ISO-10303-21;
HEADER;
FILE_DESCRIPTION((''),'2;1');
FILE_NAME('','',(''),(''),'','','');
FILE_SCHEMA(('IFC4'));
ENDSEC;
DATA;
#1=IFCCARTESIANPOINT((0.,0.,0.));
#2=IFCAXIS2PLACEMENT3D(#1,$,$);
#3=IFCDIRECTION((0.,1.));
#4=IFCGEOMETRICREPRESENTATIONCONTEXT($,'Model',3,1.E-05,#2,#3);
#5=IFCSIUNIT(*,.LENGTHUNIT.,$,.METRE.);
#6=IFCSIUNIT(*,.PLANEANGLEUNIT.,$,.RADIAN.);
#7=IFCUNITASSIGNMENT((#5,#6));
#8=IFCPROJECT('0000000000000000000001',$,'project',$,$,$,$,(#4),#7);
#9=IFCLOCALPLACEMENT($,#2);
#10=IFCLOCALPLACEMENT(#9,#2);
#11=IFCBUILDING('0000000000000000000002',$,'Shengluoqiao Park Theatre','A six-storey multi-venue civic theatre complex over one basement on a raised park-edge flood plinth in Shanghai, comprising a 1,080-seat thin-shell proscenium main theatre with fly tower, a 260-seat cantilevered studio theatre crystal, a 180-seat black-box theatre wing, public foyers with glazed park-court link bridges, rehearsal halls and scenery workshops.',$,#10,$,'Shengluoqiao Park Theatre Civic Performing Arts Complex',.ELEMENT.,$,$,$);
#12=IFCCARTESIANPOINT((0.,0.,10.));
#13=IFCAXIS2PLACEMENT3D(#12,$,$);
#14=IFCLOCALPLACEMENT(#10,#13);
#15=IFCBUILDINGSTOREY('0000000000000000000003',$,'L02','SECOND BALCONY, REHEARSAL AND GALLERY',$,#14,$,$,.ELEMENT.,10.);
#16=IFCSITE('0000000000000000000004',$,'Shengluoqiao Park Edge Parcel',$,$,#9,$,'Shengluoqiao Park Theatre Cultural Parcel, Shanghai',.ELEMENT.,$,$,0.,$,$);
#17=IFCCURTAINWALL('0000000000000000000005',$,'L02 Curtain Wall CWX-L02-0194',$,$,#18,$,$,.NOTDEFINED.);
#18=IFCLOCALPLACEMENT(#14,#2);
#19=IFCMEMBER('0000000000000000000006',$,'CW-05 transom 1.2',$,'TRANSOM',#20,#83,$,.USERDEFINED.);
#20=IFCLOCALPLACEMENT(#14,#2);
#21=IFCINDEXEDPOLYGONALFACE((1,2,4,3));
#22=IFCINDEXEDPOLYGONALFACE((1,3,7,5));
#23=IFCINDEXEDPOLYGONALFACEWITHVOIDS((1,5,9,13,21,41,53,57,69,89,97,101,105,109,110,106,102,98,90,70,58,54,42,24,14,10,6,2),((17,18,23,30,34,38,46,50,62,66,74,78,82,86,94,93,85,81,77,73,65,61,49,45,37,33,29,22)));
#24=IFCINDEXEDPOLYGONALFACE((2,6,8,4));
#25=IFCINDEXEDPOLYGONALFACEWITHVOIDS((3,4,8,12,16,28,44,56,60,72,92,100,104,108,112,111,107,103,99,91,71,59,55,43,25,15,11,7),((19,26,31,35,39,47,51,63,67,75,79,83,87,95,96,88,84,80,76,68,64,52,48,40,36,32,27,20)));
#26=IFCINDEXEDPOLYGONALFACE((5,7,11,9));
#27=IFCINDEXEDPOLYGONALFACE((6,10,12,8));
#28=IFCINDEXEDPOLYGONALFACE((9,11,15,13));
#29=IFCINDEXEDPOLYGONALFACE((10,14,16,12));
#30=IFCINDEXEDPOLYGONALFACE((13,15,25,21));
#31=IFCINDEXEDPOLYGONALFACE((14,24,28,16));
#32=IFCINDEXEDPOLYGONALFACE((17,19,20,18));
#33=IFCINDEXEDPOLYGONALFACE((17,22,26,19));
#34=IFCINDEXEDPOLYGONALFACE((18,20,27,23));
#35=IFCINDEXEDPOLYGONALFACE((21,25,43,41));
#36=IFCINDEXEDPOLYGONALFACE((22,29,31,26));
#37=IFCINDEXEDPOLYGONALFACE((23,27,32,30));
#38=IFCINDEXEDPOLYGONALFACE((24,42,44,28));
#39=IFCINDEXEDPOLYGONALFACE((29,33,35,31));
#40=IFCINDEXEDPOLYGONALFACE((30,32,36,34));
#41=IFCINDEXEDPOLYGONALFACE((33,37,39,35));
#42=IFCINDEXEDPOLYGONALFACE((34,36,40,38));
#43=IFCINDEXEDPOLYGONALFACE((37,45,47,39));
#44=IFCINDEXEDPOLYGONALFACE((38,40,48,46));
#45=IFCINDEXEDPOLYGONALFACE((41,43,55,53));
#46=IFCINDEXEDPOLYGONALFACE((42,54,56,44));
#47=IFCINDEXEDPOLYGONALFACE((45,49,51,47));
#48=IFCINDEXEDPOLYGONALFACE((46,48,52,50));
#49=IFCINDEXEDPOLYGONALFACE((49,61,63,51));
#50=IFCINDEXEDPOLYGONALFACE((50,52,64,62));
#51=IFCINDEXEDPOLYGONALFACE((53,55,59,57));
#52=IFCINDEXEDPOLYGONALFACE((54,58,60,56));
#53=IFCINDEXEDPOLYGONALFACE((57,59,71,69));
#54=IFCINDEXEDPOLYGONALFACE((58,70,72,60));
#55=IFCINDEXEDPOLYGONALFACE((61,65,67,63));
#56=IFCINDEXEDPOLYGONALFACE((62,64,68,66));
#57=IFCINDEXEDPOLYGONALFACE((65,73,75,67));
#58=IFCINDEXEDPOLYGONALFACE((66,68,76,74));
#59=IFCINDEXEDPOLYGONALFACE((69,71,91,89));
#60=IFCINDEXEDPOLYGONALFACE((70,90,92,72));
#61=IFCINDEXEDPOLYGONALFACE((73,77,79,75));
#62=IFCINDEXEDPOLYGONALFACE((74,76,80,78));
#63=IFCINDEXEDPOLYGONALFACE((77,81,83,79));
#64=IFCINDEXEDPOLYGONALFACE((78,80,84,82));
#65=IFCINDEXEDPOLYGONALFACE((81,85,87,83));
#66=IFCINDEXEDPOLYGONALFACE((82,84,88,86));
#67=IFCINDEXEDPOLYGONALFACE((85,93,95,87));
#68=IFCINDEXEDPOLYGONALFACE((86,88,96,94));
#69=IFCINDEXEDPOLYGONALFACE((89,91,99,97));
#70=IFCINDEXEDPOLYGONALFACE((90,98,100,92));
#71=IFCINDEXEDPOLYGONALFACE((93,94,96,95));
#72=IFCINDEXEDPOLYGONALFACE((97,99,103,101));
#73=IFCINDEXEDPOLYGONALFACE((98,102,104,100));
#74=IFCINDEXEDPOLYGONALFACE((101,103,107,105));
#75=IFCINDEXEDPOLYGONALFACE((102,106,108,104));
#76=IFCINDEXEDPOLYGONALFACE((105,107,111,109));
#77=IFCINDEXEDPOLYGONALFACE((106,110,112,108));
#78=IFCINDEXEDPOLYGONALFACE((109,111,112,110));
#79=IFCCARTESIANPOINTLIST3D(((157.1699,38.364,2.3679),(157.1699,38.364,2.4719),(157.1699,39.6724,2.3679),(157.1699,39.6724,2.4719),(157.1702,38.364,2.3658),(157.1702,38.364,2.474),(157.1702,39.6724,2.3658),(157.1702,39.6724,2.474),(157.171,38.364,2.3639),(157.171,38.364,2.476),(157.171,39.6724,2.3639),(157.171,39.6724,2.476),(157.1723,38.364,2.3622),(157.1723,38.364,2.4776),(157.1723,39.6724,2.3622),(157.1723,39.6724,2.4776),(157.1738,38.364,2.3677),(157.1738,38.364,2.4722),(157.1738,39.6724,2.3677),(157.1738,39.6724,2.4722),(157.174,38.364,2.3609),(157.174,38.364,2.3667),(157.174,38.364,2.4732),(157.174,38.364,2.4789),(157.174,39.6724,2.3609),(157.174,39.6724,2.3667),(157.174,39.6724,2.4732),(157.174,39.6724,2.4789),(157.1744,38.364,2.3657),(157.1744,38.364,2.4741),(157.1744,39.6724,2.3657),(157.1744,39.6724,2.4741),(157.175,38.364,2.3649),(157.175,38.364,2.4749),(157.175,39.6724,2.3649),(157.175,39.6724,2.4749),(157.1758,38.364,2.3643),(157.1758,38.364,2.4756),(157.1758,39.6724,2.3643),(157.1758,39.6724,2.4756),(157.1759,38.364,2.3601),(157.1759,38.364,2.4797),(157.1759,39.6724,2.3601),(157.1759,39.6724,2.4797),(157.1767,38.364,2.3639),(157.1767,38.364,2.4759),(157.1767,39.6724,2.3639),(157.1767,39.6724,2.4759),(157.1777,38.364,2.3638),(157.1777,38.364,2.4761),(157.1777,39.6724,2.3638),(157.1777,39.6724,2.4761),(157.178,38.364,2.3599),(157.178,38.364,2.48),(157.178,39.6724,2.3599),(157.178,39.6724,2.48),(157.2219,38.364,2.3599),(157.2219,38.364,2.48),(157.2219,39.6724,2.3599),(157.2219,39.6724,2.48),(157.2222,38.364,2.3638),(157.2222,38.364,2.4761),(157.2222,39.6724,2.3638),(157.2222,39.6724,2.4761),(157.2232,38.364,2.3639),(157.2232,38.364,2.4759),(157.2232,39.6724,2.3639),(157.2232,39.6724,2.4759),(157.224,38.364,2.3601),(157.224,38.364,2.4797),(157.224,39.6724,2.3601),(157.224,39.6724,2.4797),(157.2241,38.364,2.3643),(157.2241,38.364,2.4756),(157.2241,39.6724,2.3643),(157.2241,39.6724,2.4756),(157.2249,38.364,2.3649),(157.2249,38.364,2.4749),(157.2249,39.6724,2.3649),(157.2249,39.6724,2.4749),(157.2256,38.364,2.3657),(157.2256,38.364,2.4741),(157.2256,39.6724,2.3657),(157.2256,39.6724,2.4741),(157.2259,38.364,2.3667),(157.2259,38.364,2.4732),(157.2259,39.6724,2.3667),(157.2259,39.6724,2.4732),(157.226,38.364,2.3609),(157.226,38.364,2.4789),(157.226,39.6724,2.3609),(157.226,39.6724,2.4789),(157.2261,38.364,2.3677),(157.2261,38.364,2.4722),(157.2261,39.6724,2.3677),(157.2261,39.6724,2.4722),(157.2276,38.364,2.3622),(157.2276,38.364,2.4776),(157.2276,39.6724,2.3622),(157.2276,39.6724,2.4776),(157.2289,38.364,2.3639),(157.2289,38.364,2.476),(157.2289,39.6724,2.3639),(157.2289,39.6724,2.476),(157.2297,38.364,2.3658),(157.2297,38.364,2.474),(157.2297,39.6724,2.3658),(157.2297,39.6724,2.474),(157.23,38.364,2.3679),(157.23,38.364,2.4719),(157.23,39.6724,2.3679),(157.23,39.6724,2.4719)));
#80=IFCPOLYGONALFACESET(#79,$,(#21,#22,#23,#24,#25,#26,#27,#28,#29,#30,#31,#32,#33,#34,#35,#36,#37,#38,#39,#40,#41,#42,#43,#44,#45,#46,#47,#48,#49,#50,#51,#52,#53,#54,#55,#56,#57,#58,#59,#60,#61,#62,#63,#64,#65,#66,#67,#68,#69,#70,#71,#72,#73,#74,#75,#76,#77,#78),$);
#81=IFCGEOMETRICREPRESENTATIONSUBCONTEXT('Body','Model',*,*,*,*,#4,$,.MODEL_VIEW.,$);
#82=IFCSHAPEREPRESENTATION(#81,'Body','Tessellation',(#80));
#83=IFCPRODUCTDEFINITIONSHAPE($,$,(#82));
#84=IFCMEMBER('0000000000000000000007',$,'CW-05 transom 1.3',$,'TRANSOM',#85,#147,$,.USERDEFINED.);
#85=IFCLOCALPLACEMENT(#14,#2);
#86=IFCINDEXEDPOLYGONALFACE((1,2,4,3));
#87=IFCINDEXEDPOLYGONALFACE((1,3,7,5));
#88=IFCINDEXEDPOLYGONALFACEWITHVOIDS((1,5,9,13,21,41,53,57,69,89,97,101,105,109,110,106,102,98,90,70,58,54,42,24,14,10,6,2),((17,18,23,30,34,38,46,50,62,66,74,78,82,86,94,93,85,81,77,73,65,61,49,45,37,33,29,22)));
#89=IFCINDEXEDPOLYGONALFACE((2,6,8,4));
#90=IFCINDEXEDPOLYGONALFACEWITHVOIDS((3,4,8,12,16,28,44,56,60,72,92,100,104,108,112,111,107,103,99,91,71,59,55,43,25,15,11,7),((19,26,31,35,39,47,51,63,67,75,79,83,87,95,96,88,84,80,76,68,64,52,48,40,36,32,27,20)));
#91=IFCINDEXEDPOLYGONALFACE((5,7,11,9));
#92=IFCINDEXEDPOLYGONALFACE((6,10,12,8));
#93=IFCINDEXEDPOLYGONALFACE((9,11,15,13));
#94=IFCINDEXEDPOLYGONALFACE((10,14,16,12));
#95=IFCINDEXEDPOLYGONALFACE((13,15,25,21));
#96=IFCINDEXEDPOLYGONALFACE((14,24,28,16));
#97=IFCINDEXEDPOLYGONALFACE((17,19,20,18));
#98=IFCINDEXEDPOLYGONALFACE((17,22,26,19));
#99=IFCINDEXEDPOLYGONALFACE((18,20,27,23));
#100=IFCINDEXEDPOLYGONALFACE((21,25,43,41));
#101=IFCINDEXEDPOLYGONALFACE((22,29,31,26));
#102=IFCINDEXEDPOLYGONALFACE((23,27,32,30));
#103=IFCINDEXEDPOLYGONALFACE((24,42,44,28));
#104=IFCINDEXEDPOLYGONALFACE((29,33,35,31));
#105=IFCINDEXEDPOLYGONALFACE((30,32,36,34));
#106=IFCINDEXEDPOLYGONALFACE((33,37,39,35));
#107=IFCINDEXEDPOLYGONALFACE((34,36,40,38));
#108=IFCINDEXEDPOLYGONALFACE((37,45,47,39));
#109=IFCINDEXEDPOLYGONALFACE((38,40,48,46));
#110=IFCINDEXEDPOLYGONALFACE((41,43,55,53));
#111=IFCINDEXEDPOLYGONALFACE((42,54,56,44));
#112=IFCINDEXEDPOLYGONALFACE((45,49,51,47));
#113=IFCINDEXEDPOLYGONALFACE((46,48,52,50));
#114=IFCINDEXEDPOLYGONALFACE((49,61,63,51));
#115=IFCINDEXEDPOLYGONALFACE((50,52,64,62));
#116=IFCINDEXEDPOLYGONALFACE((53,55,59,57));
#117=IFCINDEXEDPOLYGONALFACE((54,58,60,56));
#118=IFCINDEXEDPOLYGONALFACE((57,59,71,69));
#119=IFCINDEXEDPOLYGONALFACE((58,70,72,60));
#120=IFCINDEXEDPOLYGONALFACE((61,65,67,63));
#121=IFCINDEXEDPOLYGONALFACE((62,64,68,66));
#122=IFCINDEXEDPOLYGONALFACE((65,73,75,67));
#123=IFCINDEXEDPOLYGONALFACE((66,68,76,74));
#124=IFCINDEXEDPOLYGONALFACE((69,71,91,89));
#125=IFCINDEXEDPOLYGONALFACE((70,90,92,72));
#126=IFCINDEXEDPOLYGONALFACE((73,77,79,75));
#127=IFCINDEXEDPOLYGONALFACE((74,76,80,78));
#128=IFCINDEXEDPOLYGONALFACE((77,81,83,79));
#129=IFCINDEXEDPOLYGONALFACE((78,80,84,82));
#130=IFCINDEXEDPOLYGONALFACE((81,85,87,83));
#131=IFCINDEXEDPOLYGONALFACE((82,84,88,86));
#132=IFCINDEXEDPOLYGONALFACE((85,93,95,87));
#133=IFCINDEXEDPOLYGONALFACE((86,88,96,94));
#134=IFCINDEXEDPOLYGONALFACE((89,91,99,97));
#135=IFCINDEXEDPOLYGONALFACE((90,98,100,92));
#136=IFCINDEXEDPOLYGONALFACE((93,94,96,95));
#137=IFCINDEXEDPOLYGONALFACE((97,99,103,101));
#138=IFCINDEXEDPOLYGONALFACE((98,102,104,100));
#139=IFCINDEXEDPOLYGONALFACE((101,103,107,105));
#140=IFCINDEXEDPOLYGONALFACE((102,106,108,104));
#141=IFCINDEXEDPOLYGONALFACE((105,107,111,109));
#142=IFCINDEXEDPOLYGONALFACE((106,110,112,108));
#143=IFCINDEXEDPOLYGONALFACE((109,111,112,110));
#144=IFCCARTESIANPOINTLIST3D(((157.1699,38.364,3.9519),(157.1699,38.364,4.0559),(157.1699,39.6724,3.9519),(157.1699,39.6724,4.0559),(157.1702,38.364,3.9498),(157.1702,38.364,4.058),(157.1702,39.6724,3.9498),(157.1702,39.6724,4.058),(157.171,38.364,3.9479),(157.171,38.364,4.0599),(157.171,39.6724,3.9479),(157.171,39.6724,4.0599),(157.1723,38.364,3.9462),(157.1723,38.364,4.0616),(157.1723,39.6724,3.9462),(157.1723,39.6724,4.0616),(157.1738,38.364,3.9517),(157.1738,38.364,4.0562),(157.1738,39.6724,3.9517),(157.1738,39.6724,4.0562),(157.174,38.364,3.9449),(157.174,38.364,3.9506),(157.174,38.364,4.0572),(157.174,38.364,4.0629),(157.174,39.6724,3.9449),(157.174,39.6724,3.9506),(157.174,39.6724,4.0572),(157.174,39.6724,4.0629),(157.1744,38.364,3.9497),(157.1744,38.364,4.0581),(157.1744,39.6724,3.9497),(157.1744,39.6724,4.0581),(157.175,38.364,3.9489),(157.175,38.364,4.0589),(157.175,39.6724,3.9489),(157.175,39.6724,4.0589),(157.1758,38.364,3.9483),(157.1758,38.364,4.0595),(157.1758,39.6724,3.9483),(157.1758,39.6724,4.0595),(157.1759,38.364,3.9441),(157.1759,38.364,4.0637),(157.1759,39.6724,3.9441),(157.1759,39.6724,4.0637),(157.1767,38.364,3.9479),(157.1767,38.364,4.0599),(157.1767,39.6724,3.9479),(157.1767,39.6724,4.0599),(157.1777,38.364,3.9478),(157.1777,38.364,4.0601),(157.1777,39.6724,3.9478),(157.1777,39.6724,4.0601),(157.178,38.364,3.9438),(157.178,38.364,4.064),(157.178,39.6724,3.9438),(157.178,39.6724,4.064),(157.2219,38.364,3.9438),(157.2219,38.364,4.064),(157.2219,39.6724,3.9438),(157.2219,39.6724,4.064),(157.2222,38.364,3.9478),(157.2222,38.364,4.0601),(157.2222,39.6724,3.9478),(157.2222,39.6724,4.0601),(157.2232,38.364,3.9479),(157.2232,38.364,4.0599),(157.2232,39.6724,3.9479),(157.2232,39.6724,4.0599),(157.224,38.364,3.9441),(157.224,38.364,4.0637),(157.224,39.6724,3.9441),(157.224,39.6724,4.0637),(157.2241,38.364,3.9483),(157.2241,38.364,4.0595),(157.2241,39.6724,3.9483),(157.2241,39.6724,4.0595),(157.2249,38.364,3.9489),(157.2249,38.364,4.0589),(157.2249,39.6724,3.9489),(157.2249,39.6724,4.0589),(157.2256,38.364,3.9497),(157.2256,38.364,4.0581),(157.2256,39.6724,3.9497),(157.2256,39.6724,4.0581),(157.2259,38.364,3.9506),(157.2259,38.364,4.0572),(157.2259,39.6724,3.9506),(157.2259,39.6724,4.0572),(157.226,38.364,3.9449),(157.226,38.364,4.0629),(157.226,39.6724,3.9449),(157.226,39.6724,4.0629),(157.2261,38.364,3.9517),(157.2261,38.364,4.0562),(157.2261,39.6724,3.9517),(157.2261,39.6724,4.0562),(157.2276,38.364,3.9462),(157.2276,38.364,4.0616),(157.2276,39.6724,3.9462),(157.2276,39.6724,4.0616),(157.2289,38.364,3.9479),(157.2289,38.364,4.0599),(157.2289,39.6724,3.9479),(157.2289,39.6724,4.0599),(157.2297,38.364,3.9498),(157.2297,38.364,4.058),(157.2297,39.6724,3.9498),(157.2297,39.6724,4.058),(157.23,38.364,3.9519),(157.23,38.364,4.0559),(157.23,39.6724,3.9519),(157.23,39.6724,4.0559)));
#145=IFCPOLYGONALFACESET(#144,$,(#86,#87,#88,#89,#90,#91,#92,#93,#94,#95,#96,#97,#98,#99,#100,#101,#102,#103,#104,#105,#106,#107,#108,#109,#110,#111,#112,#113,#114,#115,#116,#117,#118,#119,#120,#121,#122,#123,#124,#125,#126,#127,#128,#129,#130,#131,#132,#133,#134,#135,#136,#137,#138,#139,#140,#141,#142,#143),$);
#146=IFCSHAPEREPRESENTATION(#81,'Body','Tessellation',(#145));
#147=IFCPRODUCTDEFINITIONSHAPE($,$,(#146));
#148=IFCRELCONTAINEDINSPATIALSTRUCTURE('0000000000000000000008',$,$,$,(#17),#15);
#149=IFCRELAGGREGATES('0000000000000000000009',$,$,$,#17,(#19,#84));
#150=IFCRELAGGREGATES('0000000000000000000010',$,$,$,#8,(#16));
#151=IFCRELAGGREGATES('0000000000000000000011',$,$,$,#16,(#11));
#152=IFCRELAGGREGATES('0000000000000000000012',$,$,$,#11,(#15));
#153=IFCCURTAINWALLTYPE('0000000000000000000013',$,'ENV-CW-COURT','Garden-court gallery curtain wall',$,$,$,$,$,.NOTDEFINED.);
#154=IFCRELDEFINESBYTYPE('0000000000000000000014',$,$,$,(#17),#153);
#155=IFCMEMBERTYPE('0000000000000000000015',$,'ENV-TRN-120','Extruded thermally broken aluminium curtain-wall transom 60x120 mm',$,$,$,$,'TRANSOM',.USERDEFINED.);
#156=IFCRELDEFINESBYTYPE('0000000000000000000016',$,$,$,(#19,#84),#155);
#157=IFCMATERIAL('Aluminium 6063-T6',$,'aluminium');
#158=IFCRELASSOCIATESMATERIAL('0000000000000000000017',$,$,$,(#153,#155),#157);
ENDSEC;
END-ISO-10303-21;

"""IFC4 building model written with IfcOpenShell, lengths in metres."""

from ifc_helpers import new_model, si_unit, direction, frame, origin, origin_2d, place, context, subcontext, project, spatial, hollow_rectangle, extrude, material, material_profile, profile_set, type_object, element, aggregate, save


model = new_model("IFC4")

# Units and contexts
model_context = context("Model", 3, precision=1e-05, world=origin(), true_north=direction((0.0, 1.0)))
body_context = subcontext(model_context, "Body", "Model", "MODEL_VIEW")
ifc_project = project(units=[si_unit("LENGTHUNIT", "METRE"), si_unit("PLANEANGLEUNIT", "RADIAN")], contexts=[model_context])

# Site, building, storey
site_placement = place(None, origin())
site = spatial("IfcSite", under=ifc_project, at=site_placement, Name="Shengluoqiao Park Edge Parcel", LongName="Shengluoqiao Park Theatre Cultural Parcel, Shanghai", CompositionType="ELEMENT", RefElevation=0.0)
building_placement = place(site_placement, origin())
building = spatial("IfcBuilding", under=site, at=building_placement, Name="Shengluoqiao Park Theatre", Description="A six-storey multi-venue civic theatre complex over one basement on a raised park-edge flood plinth in Shanghai, comprising a 1,080-seat thin-shell proscenium main theatre with fly tower, a 260-seat cantilevered studio theatre crystal, a 180-seat black-box theatre wing, public foyers with glazed park-court link bridges, rehearsal halls and scenery workshops.", LongName="Shengluoqiao Park Theatre Civic Performing Arts Complex", CompositionType="ELEMENT")
storey_placement = place(building_placement, frame((0.0, 0.0, 10.0)))
storey = spatial("IfcBuildingStorey", under=building, at=storey_placement, Name="L02", Description="SECOND BALCONY, REHEARSAL AND GALLERY", CompositionType="ELEMENT", Elevation=10.0)

# Curtain wall, members
ifc_material_1 = material(Name="Aluminium 6063-T6", Category="aluminium")
curtain_wall_type = type_object("IfcCurtainWallType", Name="ENV-CW-COURT", Description="Garden-court gallery curtain wall", PredefinedType="NOTDEFINED", material=ifc_material_1)
curtain_wall_placement = place(storey_placement, origin())
curtain_wall = element("IfcCurtainWall", 1, at=curtain_wall_placement, inside=storey, type_object=curtain_wall_type, Name="L02 Curtain Wall CWX-L02-0194", PredefinedType="NOTDEFINED")
ifc_material_profile_1 = material_profile(ifc_material_1, hollow_rectangle(XDim=0.0601, YDim=0.1201, WallThickness=0.0039, InnerFilletRadius=0.0039, OuterFilletRadius=0.0081, at=origin_2d()), Name="ALU TRANSOM 120x60x4")
ifc_profile_set_1 = profile_set([ifc_material_profile_1], Name="Aluminium 6063-T6")
member_type_1 = type_object("IfcMemberType", Name="ENV-TRN-120", Description="Extruded thermally broken aluminium curtain-wall transom 60x120 mm", ElementType="TRANSOM", PredefinedType="USERDEFINED", material=ifc_profile_set_1)
member_1_placement = place(storey_placement, frame((157.2, 38.364, 2.4199), z_axis=(0.0, 1.0, 0.0), x_axis=(-1.0, 0.0, 0.0)))
member_1 = element("IfcMember", 2, at=member_1_placement, type_object=member_type_1, Name="CW-05 transom 1.2", ObjectType="TRANSOM", PredefinedType="USERDEFINED", context=body_context, shape_type="SweptSolid", body=[
    extrude(hollow_rectangle(XDim=0.0601, YDim=0.1201, WallThickness=0.0039, InnerFilletRadius=0.0039, OuterFilletRadius=0.0081, at=origin_2d()), origin(), (0.0, 0.0, 1.0), 1.3083),
])
member_2_placement = place(storey_placement, frame((157.2, 38.364, 4.0039), z_axis=(0.0, 1.0, 0.0), x_axis=(-1.0, 0.0, 0.0)))
member_2 = element("IfcMember", 3, at=member_2_placement, type_object=member_type_1, Name="CW-05 transom 1.3", ObjectType="TRANSOM", PredefinedType="USERDEFINED", context=body_context, shape_type="SweptSolid", body=[
    extrude(hollow_rectangle(XDim=0.0601, YDim=0.1201, WallThickness=0.0039, InnerFilletRadius=0.0039, OuterFilletRadius=0.0081, at=origin_2d()), origin(), (0.0, 0.0, 1.0), 1.3083),
])

aggregate(curtain_wall, [member_1, member_2])

save(model, "model.ifc")
